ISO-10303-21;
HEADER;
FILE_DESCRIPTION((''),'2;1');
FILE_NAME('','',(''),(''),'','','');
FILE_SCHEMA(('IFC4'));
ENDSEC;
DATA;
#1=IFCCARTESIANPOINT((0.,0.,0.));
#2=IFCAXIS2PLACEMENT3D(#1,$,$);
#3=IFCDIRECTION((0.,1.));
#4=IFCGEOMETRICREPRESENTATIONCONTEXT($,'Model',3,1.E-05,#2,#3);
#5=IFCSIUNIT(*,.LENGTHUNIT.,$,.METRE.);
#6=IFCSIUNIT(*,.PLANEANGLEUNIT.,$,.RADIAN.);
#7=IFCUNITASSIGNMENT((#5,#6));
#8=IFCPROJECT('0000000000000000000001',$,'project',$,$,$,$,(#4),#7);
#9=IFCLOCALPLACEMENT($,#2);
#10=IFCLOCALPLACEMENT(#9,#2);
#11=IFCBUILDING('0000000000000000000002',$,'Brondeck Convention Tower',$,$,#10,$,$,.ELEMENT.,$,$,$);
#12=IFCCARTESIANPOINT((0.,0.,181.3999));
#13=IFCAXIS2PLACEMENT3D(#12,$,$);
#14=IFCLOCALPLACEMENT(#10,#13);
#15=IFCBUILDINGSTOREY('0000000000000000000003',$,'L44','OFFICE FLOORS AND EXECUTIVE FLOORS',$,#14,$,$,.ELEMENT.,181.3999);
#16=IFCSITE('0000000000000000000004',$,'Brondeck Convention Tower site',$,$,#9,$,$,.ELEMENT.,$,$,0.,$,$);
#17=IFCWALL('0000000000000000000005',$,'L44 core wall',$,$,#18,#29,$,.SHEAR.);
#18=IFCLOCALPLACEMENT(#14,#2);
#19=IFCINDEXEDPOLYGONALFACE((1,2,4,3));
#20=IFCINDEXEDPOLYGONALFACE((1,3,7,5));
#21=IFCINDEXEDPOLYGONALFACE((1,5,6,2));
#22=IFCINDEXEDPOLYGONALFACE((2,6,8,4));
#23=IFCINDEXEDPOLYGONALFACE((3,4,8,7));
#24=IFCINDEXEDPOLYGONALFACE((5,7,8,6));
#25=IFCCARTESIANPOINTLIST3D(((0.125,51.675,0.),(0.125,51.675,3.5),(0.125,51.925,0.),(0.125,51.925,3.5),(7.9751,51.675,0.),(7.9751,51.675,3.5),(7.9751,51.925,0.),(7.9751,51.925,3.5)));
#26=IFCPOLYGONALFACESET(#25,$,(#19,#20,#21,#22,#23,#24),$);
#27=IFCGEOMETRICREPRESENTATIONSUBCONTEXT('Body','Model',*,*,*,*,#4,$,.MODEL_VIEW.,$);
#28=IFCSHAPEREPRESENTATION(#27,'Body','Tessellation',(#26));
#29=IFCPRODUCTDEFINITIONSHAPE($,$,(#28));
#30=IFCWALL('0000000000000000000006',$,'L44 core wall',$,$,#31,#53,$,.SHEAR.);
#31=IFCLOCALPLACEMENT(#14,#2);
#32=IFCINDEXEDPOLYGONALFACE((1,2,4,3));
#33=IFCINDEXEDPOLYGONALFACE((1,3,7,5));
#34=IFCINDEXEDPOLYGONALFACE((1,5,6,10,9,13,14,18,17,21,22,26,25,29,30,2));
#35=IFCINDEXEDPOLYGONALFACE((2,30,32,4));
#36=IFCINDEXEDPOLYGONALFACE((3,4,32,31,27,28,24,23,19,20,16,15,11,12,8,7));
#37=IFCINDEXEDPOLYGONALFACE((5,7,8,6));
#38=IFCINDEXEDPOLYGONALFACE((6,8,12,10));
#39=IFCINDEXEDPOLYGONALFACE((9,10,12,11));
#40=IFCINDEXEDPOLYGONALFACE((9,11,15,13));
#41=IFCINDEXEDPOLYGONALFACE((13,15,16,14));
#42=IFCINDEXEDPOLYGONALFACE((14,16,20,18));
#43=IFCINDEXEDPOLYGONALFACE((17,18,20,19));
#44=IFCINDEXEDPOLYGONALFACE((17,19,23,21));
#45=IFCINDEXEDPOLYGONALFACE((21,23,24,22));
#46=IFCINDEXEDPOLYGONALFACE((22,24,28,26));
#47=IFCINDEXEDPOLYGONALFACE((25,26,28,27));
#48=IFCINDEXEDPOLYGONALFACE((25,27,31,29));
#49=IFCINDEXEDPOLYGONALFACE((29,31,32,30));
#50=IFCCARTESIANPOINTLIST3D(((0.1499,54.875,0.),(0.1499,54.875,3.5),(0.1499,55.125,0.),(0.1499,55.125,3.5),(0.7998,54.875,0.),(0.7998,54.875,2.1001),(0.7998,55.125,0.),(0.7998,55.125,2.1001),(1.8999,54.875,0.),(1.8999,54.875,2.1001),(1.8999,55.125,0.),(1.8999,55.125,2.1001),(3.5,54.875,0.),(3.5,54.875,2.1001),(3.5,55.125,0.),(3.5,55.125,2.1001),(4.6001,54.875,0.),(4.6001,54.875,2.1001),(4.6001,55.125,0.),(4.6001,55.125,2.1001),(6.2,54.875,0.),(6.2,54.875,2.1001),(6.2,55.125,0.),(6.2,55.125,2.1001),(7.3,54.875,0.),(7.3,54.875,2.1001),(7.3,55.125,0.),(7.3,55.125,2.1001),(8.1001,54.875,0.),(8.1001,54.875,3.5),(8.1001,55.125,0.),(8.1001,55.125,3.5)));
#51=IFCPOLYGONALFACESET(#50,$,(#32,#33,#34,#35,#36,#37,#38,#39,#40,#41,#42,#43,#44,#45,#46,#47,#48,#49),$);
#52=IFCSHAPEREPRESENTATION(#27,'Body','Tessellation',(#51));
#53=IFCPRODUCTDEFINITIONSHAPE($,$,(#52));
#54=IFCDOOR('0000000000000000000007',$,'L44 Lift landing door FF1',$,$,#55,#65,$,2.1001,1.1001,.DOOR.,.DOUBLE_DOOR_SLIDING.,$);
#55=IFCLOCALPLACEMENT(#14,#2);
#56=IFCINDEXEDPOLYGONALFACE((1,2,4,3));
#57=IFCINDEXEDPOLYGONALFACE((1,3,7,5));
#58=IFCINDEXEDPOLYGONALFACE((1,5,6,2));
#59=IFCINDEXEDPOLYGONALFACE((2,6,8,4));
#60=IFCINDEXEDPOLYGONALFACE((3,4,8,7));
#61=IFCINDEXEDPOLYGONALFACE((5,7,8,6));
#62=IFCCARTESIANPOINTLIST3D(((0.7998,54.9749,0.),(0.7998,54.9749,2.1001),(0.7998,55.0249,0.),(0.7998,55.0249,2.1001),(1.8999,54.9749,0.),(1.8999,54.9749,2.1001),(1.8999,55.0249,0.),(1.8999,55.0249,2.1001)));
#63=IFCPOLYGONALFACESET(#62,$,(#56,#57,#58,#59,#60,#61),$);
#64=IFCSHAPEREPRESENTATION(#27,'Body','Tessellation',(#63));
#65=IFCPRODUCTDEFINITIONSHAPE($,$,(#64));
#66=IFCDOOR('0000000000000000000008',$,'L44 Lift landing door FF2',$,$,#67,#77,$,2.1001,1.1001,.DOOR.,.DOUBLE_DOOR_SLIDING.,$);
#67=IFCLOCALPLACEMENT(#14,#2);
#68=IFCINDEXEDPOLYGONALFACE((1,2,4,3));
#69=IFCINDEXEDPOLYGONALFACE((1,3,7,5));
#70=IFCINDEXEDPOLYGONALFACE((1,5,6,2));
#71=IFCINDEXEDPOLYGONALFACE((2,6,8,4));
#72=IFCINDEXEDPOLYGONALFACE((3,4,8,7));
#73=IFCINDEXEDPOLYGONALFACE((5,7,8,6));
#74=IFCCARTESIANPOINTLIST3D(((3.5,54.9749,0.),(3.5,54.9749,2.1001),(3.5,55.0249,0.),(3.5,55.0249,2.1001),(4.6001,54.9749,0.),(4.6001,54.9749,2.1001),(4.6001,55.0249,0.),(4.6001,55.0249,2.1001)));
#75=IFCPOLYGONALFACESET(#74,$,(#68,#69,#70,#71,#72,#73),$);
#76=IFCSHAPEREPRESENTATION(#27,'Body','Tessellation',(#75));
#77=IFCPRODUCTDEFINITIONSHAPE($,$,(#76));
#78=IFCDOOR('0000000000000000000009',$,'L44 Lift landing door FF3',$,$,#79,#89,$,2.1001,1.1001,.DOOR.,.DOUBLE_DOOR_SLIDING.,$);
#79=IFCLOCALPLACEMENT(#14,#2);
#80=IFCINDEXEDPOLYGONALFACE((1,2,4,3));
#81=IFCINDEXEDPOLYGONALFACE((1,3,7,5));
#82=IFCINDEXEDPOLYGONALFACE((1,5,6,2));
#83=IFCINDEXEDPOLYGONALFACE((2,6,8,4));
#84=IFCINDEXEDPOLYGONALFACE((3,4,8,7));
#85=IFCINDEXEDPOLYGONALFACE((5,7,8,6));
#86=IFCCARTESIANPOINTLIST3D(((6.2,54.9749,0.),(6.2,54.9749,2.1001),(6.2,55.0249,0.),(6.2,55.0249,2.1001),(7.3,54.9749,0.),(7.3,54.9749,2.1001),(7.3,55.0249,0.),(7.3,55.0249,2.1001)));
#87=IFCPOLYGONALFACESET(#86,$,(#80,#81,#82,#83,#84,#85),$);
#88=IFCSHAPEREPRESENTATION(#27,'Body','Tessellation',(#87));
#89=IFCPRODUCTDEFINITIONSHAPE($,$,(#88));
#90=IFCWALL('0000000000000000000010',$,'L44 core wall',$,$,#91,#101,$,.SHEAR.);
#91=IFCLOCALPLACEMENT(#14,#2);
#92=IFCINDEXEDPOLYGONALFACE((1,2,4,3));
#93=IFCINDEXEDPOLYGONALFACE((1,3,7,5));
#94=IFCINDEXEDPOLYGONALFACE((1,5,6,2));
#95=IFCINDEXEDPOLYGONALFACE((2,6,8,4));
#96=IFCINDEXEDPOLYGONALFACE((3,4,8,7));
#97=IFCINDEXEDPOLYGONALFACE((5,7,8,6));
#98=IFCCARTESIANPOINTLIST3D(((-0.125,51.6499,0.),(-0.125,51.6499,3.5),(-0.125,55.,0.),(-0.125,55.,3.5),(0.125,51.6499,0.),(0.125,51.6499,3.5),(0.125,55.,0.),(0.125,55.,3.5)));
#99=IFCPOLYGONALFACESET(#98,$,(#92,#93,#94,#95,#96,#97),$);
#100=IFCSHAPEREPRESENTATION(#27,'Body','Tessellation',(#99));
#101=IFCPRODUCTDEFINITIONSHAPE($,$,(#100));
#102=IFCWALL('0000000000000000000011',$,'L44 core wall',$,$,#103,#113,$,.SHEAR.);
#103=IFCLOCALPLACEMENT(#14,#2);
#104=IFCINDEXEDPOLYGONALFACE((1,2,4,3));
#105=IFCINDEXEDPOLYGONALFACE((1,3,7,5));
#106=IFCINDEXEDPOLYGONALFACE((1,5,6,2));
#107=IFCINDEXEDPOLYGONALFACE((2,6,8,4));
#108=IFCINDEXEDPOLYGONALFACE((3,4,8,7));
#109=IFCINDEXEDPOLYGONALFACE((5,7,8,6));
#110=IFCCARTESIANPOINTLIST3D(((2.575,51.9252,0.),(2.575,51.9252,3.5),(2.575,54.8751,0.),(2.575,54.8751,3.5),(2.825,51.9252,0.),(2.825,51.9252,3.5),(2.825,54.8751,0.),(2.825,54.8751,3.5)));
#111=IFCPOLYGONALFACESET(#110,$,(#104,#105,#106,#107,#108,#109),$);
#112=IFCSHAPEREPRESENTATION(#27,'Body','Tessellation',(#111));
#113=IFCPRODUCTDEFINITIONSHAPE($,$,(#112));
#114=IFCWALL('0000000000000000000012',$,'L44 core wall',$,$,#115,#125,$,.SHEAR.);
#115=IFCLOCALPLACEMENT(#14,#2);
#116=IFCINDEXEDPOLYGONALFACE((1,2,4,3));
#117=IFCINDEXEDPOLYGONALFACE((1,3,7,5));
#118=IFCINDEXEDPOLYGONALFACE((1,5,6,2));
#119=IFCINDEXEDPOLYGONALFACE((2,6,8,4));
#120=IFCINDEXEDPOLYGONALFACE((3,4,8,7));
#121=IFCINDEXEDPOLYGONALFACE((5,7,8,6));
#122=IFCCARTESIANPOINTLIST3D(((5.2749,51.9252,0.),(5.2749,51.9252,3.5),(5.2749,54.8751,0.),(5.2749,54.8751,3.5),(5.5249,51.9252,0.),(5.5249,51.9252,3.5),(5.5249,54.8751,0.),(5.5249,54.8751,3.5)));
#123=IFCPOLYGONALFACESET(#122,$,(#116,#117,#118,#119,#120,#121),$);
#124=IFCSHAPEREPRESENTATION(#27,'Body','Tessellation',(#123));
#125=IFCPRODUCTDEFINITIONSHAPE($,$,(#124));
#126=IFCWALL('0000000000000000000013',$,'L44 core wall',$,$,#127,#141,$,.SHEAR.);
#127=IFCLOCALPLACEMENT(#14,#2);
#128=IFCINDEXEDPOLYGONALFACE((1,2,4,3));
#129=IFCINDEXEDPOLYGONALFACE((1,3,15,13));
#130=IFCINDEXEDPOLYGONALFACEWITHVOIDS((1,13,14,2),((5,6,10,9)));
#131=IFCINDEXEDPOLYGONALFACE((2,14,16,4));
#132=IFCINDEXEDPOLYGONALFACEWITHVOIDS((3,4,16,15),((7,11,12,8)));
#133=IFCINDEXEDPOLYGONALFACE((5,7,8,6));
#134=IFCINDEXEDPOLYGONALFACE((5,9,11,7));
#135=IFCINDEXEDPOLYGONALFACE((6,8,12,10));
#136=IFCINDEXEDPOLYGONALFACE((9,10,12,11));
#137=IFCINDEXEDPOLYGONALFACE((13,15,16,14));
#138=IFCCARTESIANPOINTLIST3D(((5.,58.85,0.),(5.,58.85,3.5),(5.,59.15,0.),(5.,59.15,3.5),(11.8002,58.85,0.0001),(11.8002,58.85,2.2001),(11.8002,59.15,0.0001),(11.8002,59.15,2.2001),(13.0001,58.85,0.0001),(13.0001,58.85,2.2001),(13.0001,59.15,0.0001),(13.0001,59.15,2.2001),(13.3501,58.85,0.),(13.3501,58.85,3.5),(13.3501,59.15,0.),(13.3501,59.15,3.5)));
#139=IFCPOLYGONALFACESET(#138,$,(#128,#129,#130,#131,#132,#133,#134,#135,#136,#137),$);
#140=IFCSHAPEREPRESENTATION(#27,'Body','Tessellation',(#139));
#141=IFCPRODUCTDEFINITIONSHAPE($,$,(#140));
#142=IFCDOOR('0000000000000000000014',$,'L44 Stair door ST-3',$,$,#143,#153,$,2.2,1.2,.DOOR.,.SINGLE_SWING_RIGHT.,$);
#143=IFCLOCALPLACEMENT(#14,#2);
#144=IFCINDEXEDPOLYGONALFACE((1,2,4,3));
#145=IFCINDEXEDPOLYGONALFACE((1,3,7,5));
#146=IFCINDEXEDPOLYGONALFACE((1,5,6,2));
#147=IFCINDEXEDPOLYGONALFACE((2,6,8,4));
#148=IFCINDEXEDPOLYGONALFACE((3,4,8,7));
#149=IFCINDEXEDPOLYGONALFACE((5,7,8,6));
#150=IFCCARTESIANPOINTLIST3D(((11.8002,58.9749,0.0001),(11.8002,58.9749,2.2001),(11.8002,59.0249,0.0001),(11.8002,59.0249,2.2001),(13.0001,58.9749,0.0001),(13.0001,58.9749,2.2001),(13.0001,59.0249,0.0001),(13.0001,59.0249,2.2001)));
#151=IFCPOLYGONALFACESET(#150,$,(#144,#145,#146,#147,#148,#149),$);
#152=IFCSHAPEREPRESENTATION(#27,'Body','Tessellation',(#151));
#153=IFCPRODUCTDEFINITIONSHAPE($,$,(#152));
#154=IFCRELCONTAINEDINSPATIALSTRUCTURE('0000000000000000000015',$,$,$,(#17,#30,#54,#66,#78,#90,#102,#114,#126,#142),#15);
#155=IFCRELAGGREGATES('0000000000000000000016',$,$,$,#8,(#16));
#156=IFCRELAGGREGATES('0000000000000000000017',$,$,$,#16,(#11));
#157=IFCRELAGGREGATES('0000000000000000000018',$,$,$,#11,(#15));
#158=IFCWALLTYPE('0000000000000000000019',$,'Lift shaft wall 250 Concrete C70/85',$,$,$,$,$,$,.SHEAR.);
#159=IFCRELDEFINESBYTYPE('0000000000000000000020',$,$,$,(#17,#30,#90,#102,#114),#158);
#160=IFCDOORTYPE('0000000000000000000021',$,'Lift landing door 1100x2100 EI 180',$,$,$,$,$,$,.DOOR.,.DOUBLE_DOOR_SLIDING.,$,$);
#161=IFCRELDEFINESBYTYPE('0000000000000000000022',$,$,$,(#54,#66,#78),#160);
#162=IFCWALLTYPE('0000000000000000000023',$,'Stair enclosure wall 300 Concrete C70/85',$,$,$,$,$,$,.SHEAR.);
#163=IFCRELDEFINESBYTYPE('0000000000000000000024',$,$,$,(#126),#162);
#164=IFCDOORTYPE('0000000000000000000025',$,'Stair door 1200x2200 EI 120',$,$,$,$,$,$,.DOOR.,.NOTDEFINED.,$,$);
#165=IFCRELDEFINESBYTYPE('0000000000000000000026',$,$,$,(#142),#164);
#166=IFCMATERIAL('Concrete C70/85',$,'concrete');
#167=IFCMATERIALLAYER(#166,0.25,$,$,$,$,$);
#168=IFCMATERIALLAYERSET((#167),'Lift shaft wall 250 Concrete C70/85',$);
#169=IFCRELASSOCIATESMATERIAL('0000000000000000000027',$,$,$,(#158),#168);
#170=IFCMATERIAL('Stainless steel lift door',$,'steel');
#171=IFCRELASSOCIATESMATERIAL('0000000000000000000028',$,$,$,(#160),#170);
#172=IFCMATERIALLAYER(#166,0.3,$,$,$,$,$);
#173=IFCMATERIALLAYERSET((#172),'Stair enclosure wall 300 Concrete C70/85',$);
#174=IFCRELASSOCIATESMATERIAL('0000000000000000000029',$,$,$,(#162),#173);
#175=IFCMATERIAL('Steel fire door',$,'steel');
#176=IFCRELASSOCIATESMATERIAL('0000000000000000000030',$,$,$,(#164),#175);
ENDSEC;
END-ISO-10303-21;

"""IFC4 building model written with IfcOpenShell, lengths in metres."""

from ifc_helpers import new_model, si_unit, direction, frame, frame_2d, origin, place, context, subcontext, project, spatial, rectangle, extrude, material, layer, layer_set, type_object, element, fill, save


model = new_model("IFC4")

# Units and contexts
model_context = context("Model", 3, precision=1e-05, world=origin(), true_north=direction((0.0, 1.0)))
body_context = subcontext(model_context, "Body", "Model", "MODEL_VIEW")
ifc_project = project(units=[si_unit("LENGTHUNIT", "METRE"), si_unit("PLANEANGLEUNIT", "RADIAN")], contexts=[model_context])

# Site, building, storey
site_placement = place(None, origin())
site = spatial("IfcSite", under=ifc_project, at=site_placement, Name="Brondeck Convention Tower site", CompositionType="ELEMENT", RefElevation=0.0)
building_placement = place(site_placement, origin())
building = spatial("IfcBuilding", under=site, at=building_placement, Name="Brondeck Convention Tower", CompositionType="ELEMENT")
storey_placement = place(building_placement, frame((0.0, 0.0, 181.3999)))
storey = spatial("IfcBuildingStorey", under=building, at=storey_placement, Name="L44", Description="OFFICE FLOORS AND EXECUTIVE FLOORS", CompositionType="ELEMENT", Elevation=181.3999)

# Shared definitions
ifc_material_1 = material(Name="Concrete C70/85", Category="concrete")

# Wall
ifc_layer_1 = layer(ifc_material_1, 0.25)
ifc_layer_set_1 = layer_set([ifc_layer_1], Name="Lift shaft wall 250 Concrete C70/85")
wall_type_1 = type_object("IfcWallType", Name="Lift shaft wall 250 Concrete C70/85", PredefinedType="SHEAR", material=ifc_layer_set_1)
for number, where, z_axis, x_axis, name in (
    (1, (0.125, 51.8, 0.0), (0.0, 0.0, 1.0), (1.0, 0.0, 0.0), "L44 core wall"),
):
    element("IfcWall", number, at=place(storey_placement, frame(where, z_axis=z_axis, x_axis=x_axis)), inside=storey, type_object=wall_type_1, Name=name, PredefinedType="SHEAR", context=body_context, shape_type="SweptSolid", body=[
        extrude(rectangle(XDim=7.8501, YDim=0.25, at=frame_2d((3.925, 0.0))), origin(), (0.0, 0.0, 1.0), 3.5),
    ])

# Wall, openings, doors
wall_1_placement = place(storey_placement, frame((0.1499, 55.0, 0.0), z_axis=(0.0, 0.0, 1.0), x_axis=(1.0, 0.0, 0.0)))
wall_1 = element("IfcWall", 2, at=wall_1_placement, inside=storey, type_object=wall_type_1, Name="L44 core wall", PredefinedType="SHEAR", context=body_context, shape_type="SweptSolid", body=[
    extrude(rectangle(XDim=7.9502, YDim=0.25, at=frame_2d((3.9751, 0.0))), origin(), (0.0, 0.0, 1.0), 3.5),
])
opening_1_placement = place(wall_1_placement, frame((0.6499, 0.0, 0.0)))
opening_1 = element("IfcOpeningElement", 3, at=opening_1_placement, cuts=wall_1, PredefinedType="OPENING", context=body_context, shape_type="SweptSolid", body=[
    extrude(rectangle(XDim=1.1001, YDim=2.1001, at=frame_2d((0.55, 1.05))), frame((0.0, 0.135, 0.0), z_axis=(0.0, -1.0, 0.0), x_axis=(1.0, 0.0, 0.0)), (0.0, 0.0, 1.0), 0.27),
])
opening_2_placement = place(wall_1_placement, frame((3.3501, 0.0, 0.0)))
opening_2 = element("IfcOpeningElement", 4, at=opening_2_placement, cuts=wall_1, PredefinedType="OPENING", context=body_context, shape_type="SweptSolid", body=[
    extrude(rectangle(XDim=1.1001, YDim=2.1001, at=frame_2d((0.55, 1.05))), frame((0.0, 0.135, 0.0), z_axis=(0.0, -1.0, 0.0), x_axis=(1.0, 0.0, 0.0)), (0.0, 0.0, 1.0), 0.27),
])
opening_3_placement = place(wall_1_placement, frame((6.05, 0.0, 0.0)))
opening_3 = element("IfcOpeningElement", 5, at=opening_3_placement, cuts=wall_1, PredefinedType="OPENING", context=body_context, shape_type="SweptSolid", body=[
    extrude(rectangle(XDim=1.1001, YDim=2.1001, at=frame_2d((0.55, 1.05))), frame((0.0, 0.135, 0.0), z_axis=(0.0, -1.0, 0.0), x_axis=(1.0, 0.0, 0.0)), (0.0, 0.0, 1.0), 0.27),
])
ifc_material_2 = material(Name="Stainless steel lift door", Category="steel")
door_type_1 = type_object("IfcDoorType", Name="Lift landing door 1100x2100 EI 180", OperationType="DOUBLE_DOOR_SLIDING", PredefinedType="DOOR", material=ifc_material_2)
door_1_placement = place(opening_1_placement, origin())
door_1 = element("IfcDoor", 6, at=door_1_placement, inside=storey, type_object=door_type_1, Name="L44 Lift landing door FF1", OperationType="DOUBLE_DOOR_SLIDING", OverallHeight=2.1001, OverallWidth=1.1001, PredefinedType="DOOR", context=body_context, shape_type="SweptSolid", body=[
    extrude(rectangle(XDim=1.1001, YDim=2.1001, at=frame_2d((0.55, 1.05))), frame((0.0, 0.0249, 0.0), z_axis=(0.0, -1.0, 0.0), x_axis=(1.0, 0.0, 0.0)), (0.0, 0.0, 1.0), 0.05),
])
fill(opening_1, door_1)
door_2_placement = place(opening_2_placement, origin())
door_2 = element("IfcDoor", 7, at=door_2_placement, inside=storey, type_object=door_type_1, Name="L44 Lift landing door FF2", OperationType="DOUBLE_DOOR_SLIDING", OverallHeight=2.1001, OverallWidth=1.1001, PredefinedType="DOOR", context=body_context, shape_type="SweptSolid", body=[
    extrude(rectangle(XDim=1.1001, YDim=2.1001, at=frame_2d((0.55, 1.05))), frame((0.0, 0.0249, 0.0), z_axis=(0.0, -1.0, 0.0), x_axis=(1.0, 0.0, 0.0)), (0.0, 0.0, 1.0), 0.05),
])
fill(opening_2, door_2)
door_3_placement = place(opening_3_placement, origin())
door_3 = element("IfcDoor", 8, at=door_3_placement, inside=storey, type_object=door_type_1, Name="L44 Lift landing door FF3", OperationType="DOUBLE_DOOR_SLIDING", OverallHeight=2.1001, OverallWidth=1.1001, PredefinedType="DOOR", context=body_context, shape_type="SweptSolid", body=[
    extrude(rectangle(XDim=1.1001, YDim=2.1001, at=frame_2d((0.55, 1.05))), frame((0.0, 0.0249, 0.0), z_axis=(0.0, -1.0, 0.0), x_axis=(1.0, 0.0, 0.0)), (0.0, 0.0, 1.0), 0.05),
])
fill(opening_3, door_3)

# Walls
wall_2_placement = place(storey_placement, frame((0.0, 51.6499, 0.0), z_axis=(0.0, 0.0, 1.0), x_axis=(0.0, 1.0, 0.0)))
element("IfcWall", 9, at=wall_2_placement, inside=storey, type_object=wall_type_1, Name="L44 core wall", PredefinedType="SHEAR", context=body_context, shape_type="SweptSolid", body=[
    extrude(rectangle(XDim=3.3501, YDim=0.25, at=frame_2d((1.675, 0.0))), origin(), (0.0, 0.0, 1.0), 3.5),
])
for number, where, z_axis, x_axis, name in (
    (10, (2.7, 51.925, 0.0), (0.0, 0.0, 1.0), (0.0, 1.0, 0.0), "L44 core wall"),
    (11, (5.3999, 51.925, 0.0), (0.0, 0.0, 1.0), (0.0, 1.0, 0.0), "L44 core wall"),
):
    element("IfcWall", number, at=place(storey_placement, frame(where, z_axis=z_axis, x_axis=x_axis)), inside=storey, type_object=wall_type_1, Name=name, PredefinedType="SHEAR", context=body_context, shape_type="SweptSolid", body=[
        extrude(rectangle(XDim=2.95, YDim=0.25, at=frame_2d((1.4751, 0.0))), origin(), (0.0, 0.0, 1.0), 3.5),
    ])

# Wall, opening, door
ifc_layer_2 = layer(ifc_material_1, 0.3)
ifc_layer_set_2 = layer_set([ifc_layer_2], Name="Stair enclosure wall 300 Concrete C70/85")
wall_type_2 = type_object("IfcWallType", Name="Stair enclosure wall 300 Concrete C70/85", PredefinedType="SHEAR", material=ifc_layer_set_2)
wall_3_placement = place(storey_placement, frame((5.0, 59.0, 0.0), z_axis=(0.0, 0.0, 1.0), x_axis=(1.0, 0.0, 0.0)))
wall_3 = element("IfcWall", 12, at=wall_3_placement, inside=storey, type_object=wall_type_2, Name="L44 core wall", PredefinedType="SHEAR", context=body_context, shape_type="SweptSolid", body=[
    extrude(rectangle(XDim=8.3501, YDim=0.3, at=frame_2d((4.175, 0.0))), origin(), (0.0, 0.0, 1.0), 3.5),
])
opening_4_placement = place(wall_3_placement, frame((6.8, 0.0, 0.0)))
opening_4 = element("IfcOpeningElement", 13, at=opening_4_placement, cuts=wall_3, PredefinedType="OPENING", context=body_context, shape_type="SweptSolid", body=[
    extrude(rectangle(XDim=1.2, YDim=2.2, at=frame_2d((0.6001, 1.1001))), frame((0.0, 0.1599, 0.0), z_axis=(0.0, -1.0, 0.0), x_axis=(1.0, 0.0, 0.0)), (0.0, 0.0, 1.0), 0.3201),
])
ifc_material_3 = material(Name="Steel fire door", Category="steel")
door_type_2 = type_object("IfcDoorType", Name="Stair door 1200x2200 EI 120", OperationType="NOTDEFINED", PredefinedType="DOOR", material=ifc_material_3)
door_4_placement = place(opening_4_placement, origin())
door_4 = element("IfcDoor", 14, at=door_4_placement, inside=storey, type_object=door_type_2, Name="L44 Stair door ST-3", OperationType="SINGLE_SWING_RIGHT", OverallHeight=2.2, OverallWidth=1.2, PredefinedType="DOOR", context=body_context, shape_type="SweptSolid", body=[
    extrude(rectangle(XDim=1.2, YDim=2.2, at=frame_2d((0.6001, 1.1001))), frame((0.0, 0.0249, 0.0), z_axis=(0.0, -1.0, 0.0), x_axis=(1.0, 0.0, 0.0)), (0.0, 0.0, 1.0), 0.05),
])
fill(opening_4, door_4)

save(model, "model.ifc")
